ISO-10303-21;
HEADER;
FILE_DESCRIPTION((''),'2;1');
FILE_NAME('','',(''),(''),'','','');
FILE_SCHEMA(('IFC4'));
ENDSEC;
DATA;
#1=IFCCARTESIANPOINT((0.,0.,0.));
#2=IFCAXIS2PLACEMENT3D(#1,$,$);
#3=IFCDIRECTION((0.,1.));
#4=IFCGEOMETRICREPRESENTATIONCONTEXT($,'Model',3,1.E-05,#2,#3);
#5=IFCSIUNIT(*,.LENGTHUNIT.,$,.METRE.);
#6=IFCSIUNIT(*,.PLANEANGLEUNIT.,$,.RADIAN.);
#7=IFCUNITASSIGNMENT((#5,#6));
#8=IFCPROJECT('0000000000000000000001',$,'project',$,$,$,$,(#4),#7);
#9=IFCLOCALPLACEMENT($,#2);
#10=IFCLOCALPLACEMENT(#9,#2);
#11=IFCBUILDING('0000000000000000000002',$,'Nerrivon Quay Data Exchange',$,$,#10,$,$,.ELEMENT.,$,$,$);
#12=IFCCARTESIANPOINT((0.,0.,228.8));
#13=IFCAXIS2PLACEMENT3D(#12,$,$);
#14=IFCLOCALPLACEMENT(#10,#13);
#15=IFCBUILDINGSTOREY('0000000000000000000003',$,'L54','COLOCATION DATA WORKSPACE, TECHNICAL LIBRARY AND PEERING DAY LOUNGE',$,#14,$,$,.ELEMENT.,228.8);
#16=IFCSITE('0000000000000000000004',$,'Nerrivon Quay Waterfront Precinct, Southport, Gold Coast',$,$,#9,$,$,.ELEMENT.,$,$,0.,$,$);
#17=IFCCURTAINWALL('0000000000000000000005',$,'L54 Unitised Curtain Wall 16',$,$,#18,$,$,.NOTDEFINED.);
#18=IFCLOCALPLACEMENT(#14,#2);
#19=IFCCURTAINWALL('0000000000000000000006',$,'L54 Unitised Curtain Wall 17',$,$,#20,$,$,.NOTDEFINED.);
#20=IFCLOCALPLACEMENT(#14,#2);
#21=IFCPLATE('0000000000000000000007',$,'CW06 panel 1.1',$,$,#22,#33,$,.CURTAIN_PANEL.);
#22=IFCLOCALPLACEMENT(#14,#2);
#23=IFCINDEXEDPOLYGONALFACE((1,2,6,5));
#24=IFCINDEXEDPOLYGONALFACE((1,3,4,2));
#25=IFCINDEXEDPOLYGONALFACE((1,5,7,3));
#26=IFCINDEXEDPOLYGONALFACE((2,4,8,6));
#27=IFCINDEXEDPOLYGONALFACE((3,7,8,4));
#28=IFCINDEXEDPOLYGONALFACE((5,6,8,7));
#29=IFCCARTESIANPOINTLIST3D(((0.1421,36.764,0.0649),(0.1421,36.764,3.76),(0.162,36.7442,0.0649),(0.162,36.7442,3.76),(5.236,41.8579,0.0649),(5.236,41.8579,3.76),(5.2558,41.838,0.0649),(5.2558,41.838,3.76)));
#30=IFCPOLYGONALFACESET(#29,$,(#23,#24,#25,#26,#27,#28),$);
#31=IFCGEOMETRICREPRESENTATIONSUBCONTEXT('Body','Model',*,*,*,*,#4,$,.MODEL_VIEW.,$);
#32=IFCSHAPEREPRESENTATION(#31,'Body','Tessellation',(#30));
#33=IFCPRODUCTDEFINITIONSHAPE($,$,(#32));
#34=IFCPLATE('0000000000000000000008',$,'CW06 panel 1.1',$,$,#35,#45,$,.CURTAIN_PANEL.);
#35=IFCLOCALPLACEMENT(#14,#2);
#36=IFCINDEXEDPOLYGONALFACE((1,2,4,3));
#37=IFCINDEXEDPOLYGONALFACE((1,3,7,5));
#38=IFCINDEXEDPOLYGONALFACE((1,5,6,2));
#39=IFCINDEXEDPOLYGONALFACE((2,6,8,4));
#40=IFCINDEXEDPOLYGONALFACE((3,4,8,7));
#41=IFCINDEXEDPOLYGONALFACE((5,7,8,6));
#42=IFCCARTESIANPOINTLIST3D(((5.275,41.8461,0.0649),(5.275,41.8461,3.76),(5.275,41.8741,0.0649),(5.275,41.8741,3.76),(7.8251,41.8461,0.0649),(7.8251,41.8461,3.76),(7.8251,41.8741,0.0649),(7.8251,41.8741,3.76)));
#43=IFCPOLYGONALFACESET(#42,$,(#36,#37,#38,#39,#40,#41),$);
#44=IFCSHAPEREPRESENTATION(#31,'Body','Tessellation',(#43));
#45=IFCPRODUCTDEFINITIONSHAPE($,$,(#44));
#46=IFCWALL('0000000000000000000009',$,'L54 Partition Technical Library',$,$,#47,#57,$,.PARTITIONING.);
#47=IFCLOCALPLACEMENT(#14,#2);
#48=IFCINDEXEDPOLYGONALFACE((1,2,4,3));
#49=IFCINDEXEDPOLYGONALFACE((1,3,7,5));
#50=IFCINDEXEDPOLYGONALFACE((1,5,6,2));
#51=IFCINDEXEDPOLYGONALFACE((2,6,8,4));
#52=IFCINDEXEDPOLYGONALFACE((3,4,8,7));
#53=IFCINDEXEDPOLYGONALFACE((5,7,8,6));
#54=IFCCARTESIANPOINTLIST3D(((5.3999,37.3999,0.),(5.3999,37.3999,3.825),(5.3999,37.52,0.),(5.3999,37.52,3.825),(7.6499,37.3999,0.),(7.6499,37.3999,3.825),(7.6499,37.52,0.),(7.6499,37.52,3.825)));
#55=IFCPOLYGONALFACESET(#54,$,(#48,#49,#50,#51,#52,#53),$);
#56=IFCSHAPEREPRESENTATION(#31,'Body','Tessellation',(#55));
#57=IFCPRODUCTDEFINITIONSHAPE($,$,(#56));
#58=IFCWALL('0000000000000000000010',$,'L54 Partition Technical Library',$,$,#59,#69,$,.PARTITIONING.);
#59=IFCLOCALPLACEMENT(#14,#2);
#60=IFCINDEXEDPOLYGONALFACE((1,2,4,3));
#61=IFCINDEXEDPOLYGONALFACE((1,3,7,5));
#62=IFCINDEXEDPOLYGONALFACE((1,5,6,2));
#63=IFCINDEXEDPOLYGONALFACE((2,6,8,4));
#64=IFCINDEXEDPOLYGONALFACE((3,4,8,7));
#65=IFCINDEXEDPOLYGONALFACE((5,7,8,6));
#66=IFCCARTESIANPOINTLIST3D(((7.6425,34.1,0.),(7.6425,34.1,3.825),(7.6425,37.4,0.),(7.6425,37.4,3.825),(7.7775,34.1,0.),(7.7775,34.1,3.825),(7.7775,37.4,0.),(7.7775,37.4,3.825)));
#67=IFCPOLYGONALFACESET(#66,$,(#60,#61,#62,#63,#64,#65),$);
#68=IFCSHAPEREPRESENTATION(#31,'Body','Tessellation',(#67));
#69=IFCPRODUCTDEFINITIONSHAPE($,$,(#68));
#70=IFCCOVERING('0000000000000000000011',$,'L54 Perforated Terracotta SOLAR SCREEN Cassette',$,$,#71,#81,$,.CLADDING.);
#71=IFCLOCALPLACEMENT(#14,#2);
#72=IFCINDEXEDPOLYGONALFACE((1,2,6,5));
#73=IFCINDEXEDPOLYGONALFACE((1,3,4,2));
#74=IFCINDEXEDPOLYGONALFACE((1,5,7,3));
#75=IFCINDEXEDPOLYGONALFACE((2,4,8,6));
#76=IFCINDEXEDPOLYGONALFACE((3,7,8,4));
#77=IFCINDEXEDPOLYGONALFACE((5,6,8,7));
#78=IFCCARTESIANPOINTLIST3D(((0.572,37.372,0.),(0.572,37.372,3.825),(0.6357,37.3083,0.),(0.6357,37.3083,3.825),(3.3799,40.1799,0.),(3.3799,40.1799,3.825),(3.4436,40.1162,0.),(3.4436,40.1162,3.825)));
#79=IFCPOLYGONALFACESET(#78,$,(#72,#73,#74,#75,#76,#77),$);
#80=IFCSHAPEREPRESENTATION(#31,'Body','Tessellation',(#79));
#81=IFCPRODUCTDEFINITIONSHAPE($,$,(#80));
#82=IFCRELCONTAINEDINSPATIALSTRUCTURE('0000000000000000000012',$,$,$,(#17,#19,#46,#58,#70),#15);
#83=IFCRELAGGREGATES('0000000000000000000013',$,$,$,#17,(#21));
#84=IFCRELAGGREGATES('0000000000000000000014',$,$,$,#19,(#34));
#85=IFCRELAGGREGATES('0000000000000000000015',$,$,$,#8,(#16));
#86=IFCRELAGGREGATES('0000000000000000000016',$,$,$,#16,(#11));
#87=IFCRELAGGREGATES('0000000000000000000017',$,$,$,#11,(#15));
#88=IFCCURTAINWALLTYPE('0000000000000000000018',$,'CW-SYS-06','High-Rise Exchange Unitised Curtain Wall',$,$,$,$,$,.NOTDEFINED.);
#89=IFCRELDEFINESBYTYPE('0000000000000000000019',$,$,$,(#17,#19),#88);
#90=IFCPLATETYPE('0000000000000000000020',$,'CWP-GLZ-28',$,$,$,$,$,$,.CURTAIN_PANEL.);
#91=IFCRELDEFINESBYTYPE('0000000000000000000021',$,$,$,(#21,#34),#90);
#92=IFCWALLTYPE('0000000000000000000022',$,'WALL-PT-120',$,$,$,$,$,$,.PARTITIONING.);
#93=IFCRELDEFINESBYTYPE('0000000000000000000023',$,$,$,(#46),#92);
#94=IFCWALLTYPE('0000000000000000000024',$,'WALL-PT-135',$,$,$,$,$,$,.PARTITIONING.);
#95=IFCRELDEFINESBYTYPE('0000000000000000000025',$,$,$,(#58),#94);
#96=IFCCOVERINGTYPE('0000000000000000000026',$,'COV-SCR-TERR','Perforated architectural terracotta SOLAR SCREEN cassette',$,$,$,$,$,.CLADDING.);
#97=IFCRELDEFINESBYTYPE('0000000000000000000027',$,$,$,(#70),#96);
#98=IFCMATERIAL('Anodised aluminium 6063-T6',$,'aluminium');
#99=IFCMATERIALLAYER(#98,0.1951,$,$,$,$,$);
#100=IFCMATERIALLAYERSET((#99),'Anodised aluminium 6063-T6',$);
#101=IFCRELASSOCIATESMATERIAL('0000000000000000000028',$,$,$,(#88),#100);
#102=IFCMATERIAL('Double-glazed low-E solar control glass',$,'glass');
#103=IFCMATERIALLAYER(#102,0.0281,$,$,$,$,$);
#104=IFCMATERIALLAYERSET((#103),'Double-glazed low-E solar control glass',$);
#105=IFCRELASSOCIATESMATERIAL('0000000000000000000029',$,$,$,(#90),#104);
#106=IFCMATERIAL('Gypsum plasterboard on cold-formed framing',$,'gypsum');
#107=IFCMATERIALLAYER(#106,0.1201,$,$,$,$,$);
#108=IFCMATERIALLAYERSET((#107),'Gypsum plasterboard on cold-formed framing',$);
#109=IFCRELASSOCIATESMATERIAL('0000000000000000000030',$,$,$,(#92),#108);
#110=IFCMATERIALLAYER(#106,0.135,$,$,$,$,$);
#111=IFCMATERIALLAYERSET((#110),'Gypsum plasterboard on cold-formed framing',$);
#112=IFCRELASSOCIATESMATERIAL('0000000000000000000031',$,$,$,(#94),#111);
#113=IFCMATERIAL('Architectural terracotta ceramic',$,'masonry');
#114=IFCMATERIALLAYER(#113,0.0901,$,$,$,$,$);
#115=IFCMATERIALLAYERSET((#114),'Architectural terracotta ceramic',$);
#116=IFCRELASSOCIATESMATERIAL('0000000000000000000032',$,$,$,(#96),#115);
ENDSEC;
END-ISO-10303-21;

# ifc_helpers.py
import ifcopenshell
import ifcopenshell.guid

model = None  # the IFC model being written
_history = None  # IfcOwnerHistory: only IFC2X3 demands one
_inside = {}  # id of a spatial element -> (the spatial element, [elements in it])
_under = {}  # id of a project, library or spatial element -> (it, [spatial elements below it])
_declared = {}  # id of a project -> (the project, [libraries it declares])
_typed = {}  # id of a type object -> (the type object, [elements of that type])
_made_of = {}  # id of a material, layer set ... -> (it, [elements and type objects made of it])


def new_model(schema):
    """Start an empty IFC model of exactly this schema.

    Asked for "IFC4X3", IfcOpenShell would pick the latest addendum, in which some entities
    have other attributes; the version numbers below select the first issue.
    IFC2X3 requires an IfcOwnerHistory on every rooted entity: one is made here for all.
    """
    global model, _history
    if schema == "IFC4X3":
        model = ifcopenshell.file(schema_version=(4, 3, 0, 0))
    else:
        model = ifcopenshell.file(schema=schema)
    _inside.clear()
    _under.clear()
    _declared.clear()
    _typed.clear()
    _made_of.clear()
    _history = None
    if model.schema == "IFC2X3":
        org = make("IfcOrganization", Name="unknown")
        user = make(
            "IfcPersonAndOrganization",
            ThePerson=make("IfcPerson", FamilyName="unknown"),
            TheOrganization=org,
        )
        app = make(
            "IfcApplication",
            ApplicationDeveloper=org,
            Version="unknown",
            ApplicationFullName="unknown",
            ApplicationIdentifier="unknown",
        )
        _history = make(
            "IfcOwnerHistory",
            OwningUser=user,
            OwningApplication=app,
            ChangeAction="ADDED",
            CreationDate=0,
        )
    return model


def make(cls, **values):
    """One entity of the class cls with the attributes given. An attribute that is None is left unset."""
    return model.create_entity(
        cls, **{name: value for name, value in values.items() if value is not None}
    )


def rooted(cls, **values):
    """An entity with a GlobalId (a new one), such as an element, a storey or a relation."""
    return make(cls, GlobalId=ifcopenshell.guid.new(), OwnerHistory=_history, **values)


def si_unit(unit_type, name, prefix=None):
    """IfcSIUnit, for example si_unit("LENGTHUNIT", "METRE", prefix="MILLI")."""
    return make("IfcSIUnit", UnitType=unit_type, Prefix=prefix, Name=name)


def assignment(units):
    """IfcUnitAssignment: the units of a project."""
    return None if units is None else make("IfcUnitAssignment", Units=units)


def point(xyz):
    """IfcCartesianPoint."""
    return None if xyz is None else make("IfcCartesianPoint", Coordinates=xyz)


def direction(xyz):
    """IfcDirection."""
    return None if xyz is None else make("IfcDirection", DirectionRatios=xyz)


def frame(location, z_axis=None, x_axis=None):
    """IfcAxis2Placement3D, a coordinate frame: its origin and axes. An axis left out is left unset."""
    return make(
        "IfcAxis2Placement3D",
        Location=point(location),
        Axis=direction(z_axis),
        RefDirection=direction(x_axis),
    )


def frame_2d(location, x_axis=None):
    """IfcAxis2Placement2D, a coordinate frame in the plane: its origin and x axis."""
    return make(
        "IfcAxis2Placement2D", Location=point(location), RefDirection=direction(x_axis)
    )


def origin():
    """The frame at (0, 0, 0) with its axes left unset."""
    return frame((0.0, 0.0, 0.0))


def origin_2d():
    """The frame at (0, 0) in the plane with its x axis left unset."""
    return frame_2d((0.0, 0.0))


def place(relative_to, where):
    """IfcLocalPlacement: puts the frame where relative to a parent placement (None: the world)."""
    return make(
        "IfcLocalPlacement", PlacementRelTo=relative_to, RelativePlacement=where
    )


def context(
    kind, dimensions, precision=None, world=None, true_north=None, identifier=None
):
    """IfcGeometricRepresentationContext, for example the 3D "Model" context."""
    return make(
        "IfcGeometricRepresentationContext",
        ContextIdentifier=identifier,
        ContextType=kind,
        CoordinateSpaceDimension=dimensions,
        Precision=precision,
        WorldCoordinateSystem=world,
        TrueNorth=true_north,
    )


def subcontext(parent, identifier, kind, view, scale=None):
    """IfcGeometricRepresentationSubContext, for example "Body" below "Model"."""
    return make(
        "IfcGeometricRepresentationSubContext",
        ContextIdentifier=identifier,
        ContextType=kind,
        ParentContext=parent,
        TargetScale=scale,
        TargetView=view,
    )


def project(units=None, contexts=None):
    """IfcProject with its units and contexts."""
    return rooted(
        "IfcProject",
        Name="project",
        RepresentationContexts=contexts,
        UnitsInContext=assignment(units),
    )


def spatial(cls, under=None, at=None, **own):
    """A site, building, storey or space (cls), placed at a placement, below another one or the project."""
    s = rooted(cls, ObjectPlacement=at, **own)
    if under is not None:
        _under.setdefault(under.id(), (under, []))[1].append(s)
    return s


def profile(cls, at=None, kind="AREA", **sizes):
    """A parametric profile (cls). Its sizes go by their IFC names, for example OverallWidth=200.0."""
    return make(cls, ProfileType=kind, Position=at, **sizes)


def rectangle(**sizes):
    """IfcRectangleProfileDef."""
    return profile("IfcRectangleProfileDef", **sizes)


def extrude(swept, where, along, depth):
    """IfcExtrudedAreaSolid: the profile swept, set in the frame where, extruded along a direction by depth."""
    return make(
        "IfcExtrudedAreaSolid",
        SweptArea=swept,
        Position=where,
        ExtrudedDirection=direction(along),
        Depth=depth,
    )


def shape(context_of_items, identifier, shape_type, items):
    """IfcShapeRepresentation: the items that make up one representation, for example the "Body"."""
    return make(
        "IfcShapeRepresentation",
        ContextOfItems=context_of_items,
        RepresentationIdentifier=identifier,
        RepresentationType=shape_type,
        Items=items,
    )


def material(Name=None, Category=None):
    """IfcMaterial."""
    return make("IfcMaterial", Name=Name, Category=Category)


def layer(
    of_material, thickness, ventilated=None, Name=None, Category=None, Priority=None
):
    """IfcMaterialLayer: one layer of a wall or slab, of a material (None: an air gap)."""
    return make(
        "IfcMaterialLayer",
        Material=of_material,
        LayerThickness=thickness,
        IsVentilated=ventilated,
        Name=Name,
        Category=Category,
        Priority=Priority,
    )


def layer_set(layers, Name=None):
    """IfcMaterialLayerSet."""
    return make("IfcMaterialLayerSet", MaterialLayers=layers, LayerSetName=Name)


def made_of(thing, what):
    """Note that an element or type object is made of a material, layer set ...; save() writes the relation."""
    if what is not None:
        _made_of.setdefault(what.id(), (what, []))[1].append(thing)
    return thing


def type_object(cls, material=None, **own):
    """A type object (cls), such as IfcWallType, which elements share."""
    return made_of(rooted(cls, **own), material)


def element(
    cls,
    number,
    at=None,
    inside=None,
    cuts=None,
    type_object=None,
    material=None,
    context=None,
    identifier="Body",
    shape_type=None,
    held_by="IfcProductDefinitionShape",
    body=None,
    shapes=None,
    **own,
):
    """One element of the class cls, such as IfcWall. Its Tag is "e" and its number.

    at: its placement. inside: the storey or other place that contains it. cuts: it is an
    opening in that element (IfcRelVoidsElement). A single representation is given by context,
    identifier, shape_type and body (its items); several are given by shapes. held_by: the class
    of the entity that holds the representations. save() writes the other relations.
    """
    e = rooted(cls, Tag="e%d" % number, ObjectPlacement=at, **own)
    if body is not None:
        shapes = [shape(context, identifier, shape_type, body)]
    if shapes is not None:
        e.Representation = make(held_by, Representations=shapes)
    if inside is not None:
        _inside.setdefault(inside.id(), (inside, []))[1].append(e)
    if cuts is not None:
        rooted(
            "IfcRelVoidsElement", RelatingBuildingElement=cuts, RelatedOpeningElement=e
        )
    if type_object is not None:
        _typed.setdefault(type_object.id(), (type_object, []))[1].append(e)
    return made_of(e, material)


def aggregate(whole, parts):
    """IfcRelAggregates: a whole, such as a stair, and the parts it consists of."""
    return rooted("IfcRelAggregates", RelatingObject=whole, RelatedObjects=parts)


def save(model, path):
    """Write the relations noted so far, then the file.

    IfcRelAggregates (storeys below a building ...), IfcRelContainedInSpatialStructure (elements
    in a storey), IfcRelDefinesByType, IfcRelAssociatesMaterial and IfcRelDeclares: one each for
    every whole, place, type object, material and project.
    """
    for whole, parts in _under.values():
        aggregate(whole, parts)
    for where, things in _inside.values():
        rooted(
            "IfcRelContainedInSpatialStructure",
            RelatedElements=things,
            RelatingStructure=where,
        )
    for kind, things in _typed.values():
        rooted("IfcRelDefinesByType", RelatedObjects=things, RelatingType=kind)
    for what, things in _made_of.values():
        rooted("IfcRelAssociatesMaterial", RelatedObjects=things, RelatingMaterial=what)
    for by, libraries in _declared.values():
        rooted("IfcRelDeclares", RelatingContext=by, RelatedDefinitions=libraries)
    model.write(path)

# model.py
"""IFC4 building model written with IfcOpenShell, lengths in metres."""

from ifc_helpers import new_model, si_unit, direction, frame, frame_2d, origin, origin_2d, place, context, subcontext, project, spatial, rectangle, extrude, material, layer, layer_set, type_object, element, aggregate, save


model = new_model("IFC4")

# Units and contexts
model_context = context("Model", 3, precision=1e-05, world=origin(), true_north=direction((0.0, 1.0)))
body_context = subcontext(model_context, "Body", "Model", "MODEL_VIEW")
ifc_project = project(units=[si_unit("LENGTHUNIT", "METRE"), si_unit("PLANEANGLEUNIT", "RADIAN")], contexts=[model_context])

# Site, building, storey
site_placement = place(None, origin())
site = spatial("IfcSite", under=ifc_project, at=site_placement, Name="Nerrivon Quay Waterfront Precinct, Southport, Gold Coast", CompositionType="ELEMENT", RefElevation=0.0)
building_placement = place(site_placement, origin())
building = spatial("IfcBuilding", under=site, at=building_placement, Name="Nerrivon Quay Data Exchange", CompositionType="ELEMENT")
storey_placement = place(building_placement, frame((0.0, 0.0, 228.8)))
storey = spatial("IfcBuildingStorey", under=building, at=storey_placement, Name="L54", Description="COLOCATION DATA WORKSPACE, TECHNICAL LIBRARY AND PEERING DAY LOUNGE", CompositionType="ELEMENT", Elevation=228.8)

# Shared definitions
ifc_material_1 = material(Name="Anodised aluminium 6063-T6", Category="aluminium")
ifc_layer_1 = layer(ifc_material_1, 0.1951)
ifc_layer_set_1 = layer_set([ifc_layer_1], Name="Anodised aluminium 6063-T6")
curtain_wall_type = type_object("IfcCurtainWallType", Name="CW-SYS-06", Description="High-Rise Exchange Unitised Curtain Wall", PredefinedType="NOTDEFINED", material=ifc_layer_set_1)

# Curtain walls
curtain_wall_1_placement = place(storey_placement, origin())
curtain_wall_1 = element("IfcCurtainWall", 1, at=curtain_wall_1_placement, inside=storey, type_object=curtain_wall_type, Name="L54 Unitised Curtain Wall 16", PredefinedType="NOTDEFINED")
curtain_wall_2_placement = place(storey_placement, origin())
curtain_wall_2 = element("IfcCurtainWall", 2, at=curtain_wall_2_placement, inside=storey, type_object=curtain_wall_type, Name="L54 Unitised Curtain Wall 17", PredefinedType="NOTDEFINED")

# Plates
ifc_material_2 = material(Name="Double-glazed low-E solar control glass", Category="glass")
ifc_layer_2 = layer(ifc_material_2, 0.0281)
ifc_layer_set_2 = layer_set([ifc_layer_2], Name="Double-glazed low-E solar control glass")
plate_type = type_object("IfcPlateType", Name="CWP-GLZ-28", PredefinedType="CURTAIN_PANEL", material=ifc_layer_set_2)
plate_1_placement = place(storey_placement, frame((2.699, 39.301, 0.0649), z_axis=(0.0, 0.0, 1.0), x_axis=(0.707107, 0.707107, 0.0)))
plate_1 = element("IfcPlate", 3, at=plate_1_placement, type_object=plate_type, Name="CW06 panel 1.1", PredefinedType="CURTAIN_PANEL", context=body_context, shape_type="SweptSolid", body=[
    extrude(rectangle(XDim=7.2039, YDim=0.0281, at=origin_2d()), origin(), (0.0, 0.0, 1.0), 3.6951),
])
aggregate(curtain_wall_1, [plate_1])
plate_2_placement = place(storey_placement, frame((6.55, 41.8601, 0.0649), z_axis=(0.0, 0.0, 1.0), x_axis=(1.0, 0.0, 0.0)))
plate_2 = element("IfcPlate", 4, at=plate_2_placement, type_object=plate_type, Name="CW06 panel 1.1", PredefinedType="CURTAIN_PANEL", context=body_context, shape_type="SweptSolid", body=[
    extrude(rectangle(XDim=2.55, YDim=0.0281, at=origin_2d()), origin(), (0.0, 0.0, 1.0), 3.6951),
])
aggregate(curtain_wall_2, [plate_2])

# Walls
ifc_material_3 = material(Name="Gypsum plasterboard on cold-formed framing", Category="gypsum")
ifc_layer_3 = layer(ifc_material_3, 0.1201)
ifc_layer_set_3 = layer_set([ifc_layer_3], Name="Gypsum plasterboard on cold-formed framing")
wall_type_1 = type_object("IfcWallType", Name="WALL-PT-120", PredefinedType="PARTITIONING", material=ifc_layer_set_3)
wall_1_placement = place(storey_placement, frame((5.3999, 37.46, 0.0), z_axis=(0.0, 0.0, 1.0), x_axis=(1.0, 0.0, 0.0)))
element("IfcWall", 5, at=wall_1_placement, inside=storey, type_object=wall_type_1, Name="L54 Partition Technical Library", PredefinedType="PARTITIONING", context=body_context, shape_type="SweptSolid", body=[
    extrude(rectangle(XDim=2.25, YDim=0.1201, at=frame_2d((1.125, 0.0))), origin(), (0.0, 0.0, 1.0), 3.825),
])
ifc_layer_4 = layer(ifc_material_3, 0.135)
ifc_layer_set_4 = layer_set([ifc_layer_4], Name="Gypsum plasterboard on cold-formed framing")
wall_type_2 = type_object("IfcWallType", Name="WALL-PT-135", PredefinedType="PARTITIONING", material=ifc_layer_set_4)
wall_2_placement = place(storey_placement, frame((7.71, 37.3999, 0.0), z_axis=(0.0, 0.0, 1.0), x_axis=(0.0, -1.0, 0.0)))
element("IfcWall", 6, at=wall_2_placement, inside=storey, type_object=wall_type_2, Name="L54 Partition Technical Library", PredefinedType="PARTITIONING", context=body_context, shape_type="SweptSolid", body=[
    extrude(rectangle(XDim=3.3, YDim=0.135, at=frame_2d((1.6499, 0.0))), origin(), (0.0, 0.0, 1.0), 3.825),
])

# Covering
ifc_material_4 = material(Name="Architectural terracotta ceramic", Category="masonry")
ifc_layer_5 = layer(ifc_material_4, 0.0901)
ifc_layer_set_5 = layer_set([ifc_layer_5], Name="Architectural terracotta ceramic")
covering_type = type_object("IfcCoveringType", Name="COV-SCR-TERR", Description="Perforated architectural terracotta SOLAR SCREEN cassette", PredefinedType="CLADDING", material=ifc_layer_set_5)
covering_placement = place(storey_placement, frame((2.0078, 38.7441, 0.0), z_axis=(0.0, 0.0, 1.0), x_axis=(0.707107, 0.707107, 0.0)))
element("IfcCovering", 7, at=covering_placement, inside=storey, type_object=covering_type, Name="L54 Perforated Terracotta SOLAR SCREEN Cassette", PredefinedType="CLADDING", context=body_context, shape_type="SweptSolid", body=[
    extrude(rectangle(XDim=3.9709, YDim=0.0901, at=origin_2d()), origin(), (0.0, 0.0, 1.0), 3.825),
])

save(model, "model.ifc")
